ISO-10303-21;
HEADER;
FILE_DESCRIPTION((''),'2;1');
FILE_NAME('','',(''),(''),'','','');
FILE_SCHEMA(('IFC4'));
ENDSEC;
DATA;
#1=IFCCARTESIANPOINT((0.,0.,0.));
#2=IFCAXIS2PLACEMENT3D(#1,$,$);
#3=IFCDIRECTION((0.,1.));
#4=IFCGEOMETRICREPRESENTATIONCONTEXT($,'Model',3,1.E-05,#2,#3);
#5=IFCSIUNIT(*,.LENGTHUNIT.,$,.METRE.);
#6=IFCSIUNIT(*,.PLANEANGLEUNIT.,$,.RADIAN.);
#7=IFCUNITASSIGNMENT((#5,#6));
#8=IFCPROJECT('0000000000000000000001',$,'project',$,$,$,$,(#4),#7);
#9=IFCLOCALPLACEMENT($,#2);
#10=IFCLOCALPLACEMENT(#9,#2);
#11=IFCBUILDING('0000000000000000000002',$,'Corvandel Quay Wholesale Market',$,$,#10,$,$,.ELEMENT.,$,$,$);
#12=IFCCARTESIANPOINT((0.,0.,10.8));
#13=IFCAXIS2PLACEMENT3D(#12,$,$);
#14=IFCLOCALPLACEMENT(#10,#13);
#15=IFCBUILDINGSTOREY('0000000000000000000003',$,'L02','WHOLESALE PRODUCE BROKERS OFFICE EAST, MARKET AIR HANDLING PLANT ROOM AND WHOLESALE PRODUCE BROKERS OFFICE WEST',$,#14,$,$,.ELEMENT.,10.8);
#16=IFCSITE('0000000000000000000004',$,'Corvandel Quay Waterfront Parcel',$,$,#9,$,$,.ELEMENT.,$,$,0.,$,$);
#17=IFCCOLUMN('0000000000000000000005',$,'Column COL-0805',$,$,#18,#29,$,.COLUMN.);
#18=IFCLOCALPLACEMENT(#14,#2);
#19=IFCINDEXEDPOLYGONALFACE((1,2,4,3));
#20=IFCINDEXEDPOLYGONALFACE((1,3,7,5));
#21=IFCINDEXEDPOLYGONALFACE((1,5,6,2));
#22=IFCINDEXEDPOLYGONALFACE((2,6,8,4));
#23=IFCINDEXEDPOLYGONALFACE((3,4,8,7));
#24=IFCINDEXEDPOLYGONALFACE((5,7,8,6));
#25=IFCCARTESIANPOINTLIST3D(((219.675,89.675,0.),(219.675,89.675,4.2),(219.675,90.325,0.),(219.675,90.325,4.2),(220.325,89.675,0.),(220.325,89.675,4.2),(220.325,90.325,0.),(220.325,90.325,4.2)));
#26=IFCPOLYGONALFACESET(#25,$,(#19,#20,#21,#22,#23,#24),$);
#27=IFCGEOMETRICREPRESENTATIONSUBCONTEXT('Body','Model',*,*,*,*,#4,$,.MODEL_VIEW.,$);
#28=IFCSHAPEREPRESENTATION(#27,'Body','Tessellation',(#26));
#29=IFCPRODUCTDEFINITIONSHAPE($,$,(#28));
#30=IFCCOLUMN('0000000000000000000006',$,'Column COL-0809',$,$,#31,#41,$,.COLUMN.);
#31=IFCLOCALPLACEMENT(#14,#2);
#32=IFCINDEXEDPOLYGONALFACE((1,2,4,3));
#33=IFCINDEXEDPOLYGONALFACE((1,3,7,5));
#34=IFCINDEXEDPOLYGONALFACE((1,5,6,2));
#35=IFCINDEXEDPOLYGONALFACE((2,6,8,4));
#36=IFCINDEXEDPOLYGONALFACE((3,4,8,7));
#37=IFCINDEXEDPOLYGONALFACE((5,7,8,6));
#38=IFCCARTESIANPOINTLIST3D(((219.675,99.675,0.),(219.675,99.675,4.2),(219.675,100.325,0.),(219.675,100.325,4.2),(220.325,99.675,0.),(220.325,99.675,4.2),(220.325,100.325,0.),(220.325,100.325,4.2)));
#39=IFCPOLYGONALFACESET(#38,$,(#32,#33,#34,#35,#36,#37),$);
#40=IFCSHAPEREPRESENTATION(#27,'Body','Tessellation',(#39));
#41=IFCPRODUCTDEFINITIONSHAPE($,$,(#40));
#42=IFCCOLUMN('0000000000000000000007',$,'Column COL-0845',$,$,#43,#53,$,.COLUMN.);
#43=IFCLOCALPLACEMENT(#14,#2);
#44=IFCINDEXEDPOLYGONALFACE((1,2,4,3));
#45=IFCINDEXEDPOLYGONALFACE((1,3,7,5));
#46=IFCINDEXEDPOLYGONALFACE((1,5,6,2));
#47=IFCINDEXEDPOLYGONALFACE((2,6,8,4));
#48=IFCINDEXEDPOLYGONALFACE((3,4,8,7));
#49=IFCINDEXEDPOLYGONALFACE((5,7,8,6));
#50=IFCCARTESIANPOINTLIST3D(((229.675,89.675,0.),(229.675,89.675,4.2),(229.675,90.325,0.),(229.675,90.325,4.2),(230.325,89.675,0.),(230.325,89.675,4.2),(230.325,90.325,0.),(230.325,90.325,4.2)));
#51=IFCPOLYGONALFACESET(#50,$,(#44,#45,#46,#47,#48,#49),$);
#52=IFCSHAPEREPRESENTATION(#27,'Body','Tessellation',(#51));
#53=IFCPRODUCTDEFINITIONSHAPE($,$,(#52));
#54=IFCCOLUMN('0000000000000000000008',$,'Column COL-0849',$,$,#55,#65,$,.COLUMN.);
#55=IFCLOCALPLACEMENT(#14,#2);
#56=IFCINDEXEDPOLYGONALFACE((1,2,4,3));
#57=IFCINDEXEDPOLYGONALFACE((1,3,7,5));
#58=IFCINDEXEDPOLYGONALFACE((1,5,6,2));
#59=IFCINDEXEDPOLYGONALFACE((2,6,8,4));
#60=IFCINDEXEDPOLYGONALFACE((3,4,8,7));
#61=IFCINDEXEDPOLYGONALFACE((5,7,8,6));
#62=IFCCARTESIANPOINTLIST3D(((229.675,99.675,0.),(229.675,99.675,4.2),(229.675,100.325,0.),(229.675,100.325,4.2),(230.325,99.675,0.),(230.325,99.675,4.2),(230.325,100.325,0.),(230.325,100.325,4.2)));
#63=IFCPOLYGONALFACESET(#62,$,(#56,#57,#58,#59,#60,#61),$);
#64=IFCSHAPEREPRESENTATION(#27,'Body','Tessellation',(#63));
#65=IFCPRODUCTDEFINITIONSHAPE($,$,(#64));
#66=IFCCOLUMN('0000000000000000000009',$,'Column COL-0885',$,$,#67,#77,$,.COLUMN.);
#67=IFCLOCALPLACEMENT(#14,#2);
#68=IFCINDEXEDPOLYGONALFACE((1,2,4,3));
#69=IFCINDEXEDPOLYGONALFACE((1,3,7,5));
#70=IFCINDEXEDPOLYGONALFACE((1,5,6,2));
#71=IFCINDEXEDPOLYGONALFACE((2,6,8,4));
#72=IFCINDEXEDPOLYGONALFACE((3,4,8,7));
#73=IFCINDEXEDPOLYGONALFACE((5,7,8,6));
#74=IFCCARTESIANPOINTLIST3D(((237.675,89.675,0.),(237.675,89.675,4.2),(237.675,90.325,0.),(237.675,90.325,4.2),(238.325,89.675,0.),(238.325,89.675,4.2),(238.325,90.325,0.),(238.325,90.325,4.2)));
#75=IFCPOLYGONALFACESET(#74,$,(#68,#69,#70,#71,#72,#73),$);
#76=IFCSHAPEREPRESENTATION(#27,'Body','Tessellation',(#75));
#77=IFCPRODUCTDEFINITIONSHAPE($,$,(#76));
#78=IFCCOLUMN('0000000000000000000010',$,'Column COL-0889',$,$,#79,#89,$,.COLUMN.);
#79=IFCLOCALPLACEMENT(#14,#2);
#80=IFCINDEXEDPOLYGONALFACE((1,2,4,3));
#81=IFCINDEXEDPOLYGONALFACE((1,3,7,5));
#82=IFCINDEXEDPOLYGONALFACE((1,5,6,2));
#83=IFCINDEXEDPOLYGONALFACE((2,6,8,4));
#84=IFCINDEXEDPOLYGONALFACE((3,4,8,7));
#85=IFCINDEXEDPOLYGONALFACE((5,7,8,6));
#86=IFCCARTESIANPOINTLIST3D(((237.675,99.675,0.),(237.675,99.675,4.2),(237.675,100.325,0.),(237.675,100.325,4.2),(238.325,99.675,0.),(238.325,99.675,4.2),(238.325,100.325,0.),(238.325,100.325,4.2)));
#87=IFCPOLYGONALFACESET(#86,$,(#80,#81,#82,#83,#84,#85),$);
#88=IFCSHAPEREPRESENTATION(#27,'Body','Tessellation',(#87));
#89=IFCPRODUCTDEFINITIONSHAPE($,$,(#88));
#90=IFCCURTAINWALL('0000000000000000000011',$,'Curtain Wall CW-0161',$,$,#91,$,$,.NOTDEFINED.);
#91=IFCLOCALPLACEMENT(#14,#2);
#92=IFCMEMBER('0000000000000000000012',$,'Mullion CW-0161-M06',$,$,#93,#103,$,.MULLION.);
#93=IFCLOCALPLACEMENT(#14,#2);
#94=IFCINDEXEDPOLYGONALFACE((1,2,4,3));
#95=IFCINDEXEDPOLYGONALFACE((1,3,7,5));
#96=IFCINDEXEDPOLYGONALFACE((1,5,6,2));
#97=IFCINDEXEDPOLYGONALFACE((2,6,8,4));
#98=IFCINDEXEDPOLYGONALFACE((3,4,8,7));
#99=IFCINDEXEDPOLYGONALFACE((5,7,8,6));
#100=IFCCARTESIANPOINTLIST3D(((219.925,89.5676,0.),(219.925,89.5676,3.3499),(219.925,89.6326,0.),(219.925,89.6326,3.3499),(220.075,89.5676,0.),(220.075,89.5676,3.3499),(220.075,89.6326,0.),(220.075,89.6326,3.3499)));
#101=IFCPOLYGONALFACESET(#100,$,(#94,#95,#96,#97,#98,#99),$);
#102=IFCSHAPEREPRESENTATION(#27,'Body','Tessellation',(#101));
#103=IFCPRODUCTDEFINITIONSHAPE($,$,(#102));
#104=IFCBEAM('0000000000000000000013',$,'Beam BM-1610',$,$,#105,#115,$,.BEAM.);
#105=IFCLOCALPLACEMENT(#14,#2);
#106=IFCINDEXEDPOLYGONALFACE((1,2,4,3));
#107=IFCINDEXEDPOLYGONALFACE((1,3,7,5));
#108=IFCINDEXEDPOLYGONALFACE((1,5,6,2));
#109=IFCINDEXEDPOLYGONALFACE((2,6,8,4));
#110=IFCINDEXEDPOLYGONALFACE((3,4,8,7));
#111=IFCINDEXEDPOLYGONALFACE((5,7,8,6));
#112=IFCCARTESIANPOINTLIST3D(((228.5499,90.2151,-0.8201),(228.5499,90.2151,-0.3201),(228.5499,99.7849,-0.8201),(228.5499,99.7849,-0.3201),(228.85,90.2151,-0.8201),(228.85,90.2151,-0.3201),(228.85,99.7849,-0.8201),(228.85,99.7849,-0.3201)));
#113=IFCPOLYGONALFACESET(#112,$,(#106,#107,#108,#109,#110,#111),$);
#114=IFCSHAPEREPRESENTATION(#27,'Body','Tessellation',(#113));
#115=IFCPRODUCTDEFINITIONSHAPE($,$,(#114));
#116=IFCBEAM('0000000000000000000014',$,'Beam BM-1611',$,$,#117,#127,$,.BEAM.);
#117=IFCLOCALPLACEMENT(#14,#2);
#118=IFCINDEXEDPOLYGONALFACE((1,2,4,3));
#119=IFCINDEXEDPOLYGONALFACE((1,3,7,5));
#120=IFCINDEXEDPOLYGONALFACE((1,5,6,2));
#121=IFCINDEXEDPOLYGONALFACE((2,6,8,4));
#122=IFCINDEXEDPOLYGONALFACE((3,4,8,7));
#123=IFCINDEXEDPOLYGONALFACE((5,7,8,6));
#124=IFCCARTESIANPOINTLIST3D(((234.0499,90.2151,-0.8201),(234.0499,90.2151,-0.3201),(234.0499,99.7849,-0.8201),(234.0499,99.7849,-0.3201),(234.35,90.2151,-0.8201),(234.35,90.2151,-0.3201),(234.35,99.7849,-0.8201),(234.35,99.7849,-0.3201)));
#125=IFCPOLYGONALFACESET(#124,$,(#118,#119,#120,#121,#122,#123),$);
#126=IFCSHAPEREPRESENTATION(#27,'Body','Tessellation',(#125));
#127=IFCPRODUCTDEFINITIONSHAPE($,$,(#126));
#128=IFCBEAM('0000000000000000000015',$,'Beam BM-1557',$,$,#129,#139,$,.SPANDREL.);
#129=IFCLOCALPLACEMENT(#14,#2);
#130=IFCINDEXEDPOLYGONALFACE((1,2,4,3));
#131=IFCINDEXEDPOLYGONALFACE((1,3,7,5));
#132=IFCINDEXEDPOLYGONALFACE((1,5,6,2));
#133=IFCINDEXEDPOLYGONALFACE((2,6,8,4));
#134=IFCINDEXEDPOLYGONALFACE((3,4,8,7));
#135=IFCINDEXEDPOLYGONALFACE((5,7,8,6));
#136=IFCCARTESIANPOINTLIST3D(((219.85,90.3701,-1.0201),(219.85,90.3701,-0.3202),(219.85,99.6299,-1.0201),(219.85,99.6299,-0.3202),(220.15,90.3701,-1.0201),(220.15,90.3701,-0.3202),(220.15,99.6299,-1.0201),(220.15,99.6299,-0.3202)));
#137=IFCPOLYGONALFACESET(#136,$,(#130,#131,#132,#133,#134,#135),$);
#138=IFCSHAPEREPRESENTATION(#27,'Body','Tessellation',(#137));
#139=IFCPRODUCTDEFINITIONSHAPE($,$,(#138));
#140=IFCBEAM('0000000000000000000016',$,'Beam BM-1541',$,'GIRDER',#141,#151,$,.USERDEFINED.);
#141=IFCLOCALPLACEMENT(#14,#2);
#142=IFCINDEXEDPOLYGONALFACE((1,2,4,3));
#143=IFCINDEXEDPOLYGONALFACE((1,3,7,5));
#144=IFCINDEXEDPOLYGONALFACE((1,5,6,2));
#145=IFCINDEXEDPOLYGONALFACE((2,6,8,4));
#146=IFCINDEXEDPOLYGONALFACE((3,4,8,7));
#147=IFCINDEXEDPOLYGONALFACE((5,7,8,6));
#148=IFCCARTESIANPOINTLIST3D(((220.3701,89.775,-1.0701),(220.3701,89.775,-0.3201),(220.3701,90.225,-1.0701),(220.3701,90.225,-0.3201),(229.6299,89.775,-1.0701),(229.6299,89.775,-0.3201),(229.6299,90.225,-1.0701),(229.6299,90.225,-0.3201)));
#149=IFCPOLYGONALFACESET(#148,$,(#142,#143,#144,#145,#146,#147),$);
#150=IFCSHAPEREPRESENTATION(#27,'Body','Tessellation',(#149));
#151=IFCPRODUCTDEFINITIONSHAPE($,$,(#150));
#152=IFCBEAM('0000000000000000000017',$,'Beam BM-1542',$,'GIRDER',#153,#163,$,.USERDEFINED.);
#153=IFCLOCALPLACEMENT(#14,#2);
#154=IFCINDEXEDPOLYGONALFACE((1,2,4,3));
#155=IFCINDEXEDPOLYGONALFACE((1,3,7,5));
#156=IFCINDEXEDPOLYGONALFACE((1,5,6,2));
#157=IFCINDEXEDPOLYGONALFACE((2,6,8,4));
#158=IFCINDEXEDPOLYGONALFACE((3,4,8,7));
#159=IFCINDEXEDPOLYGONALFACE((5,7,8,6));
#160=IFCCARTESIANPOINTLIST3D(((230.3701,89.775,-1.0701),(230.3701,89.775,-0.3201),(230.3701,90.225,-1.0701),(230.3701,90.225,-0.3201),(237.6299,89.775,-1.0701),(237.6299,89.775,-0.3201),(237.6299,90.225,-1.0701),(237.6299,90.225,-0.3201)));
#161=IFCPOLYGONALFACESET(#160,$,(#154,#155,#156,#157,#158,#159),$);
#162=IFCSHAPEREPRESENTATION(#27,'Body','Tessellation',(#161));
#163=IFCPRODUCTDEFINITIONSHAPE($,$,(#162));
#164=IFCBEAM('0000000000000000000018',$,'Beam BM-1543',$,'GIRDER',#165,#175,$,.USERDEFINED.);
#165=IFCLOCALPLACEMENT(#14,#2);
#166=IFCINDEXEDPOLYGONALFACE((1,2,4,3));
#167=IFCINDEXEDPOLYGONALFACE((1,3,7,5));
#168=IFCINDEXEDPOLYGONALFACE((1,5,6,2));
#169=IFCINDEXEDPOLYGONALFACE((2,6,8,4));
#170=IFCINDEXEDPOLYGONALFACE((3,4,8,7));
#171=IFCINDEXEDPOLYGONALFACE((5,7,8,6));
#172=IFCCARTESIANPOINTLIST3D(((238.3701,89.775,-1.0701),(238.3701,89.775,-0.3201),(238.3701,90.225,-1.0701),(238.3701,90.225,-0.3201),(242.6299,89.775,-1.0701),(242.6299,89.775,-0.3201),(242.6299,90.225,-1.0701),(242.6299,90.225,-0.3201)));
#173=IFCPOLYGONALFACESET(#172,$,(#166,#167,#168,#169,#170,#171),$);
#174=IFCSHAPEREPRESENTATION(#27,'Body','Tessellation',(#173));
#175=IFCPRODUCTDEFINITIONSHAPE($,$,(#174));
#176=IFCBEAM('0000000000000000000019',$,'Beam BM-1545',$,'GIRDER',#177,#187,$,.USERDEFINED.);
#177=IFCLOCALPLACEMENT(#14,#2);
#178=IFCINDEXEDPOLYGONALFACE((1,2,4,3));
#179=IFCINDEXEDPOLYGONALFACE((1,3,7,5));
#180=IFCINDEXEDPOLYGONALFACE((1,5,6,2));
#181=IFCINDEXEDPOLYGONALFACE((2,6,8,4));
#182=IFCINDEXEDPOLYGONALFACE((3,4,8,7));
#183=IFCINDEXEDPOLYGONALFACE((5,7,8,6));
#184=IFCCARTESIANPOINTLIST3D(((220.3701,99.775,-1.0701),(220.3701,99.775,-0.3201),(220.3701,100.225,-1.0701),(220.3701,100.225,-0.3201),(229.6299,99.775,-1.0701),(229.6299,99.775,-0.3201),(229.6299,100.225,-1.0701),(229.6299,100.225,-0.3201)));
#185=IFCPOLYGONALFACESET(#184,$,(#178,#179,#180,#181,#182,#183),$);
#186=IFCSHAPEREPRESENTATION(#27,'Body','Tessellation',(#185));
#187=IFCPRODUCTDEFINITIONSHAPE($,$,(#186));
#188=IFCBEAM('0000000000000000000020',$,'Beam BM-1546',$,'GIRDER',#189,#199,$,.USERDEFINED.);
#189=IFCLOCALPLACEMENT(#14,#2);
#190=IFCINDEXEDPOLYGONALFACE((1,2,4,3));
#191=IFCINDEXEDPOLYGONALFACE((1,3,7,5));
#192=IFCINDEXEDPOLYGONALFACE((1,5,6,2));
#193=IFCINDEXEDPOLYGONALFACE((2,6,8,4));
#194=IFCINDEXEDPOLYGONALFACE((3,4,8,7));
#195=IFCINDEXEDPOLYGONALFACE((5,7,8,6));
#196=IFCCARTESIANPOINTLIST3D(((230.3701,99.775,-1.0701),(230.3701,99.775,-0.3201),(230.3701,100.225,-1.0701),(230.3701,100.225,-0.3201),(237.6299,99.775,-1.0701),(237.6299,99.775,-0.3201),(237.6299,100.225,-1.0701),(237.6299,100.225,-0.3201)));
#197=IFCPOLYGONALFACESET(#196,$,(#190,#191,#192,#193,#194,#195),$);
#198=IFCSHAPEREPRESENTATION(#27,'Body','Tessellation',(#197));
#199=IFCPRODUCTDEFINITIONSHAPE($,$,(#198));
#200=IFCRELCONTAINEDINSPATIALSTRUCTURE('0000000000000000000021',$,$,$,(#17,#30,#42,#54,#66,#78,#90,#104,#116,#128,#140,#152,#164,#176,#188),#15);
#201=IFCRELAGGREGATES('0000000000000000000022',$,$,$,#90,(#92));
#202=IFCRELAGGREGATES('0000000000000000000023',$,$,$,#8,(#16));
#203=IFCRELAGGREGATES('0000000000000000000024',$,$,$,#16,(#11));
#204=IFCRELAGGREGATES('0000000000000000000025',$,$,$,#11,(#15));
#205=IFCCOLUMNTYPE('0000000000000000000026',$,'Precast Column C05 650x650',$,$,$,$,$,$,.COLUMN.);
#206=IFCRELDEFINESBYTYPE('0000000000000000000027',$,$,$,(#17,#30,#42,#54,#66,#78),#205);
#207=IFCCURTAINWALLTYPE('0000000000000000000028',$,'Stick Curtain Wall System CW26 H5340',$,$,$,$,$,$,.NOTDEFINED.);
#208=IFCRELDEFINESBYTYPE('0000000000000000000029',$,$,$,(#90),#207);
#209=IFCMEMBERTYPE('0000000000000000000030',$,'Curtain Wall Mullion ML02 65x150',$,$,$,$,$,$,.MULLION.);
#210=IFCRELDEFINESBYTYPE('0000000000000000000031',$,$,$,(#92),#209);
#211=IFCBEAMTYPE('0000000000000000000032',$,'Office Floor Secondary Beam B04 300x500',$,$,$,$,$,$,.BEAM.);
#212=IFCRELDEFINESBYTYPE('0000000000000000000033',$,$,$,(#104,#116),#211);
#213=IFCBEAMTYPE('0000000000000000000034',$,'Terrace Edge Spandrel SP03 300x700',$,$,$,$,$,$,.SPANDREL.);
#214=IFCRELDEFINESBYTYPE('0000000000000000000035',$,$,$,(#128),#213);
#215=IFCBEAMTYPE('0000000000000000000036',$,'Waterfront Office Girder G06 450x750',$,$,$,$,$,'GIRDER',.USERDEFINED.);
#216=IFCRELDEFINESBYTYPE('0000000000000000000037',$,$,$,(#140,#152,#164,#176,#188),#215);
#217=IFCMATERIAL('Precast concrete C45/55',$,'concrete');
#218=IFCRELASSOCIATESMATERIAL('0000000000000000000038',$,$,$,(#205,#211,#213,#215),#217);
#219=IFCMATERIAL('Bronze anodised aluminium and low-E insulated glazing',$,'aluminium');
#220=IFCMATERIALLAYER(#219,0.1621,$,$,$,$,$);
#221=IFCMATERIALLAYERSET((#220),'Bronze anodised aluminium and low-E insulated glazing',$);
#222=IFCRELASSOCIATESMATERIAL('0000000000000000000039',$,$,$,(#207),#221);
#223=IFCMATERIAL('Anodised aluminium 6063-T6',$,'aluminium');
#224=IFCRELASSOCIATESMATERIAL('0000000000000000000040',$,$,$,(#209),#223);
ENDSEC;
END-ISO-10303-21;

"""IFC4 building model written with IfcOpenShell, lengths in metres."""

from ifc_helpers import new_model, si_unit, direction, frame, origin, origin_2d, place, context, subcontext, project, spatial, rectangle, extrude, material, layer, layer_set, material_profile, profile_set, type_object, element, aggregate, save


model = new_model("IFC4")

# Units and contexts
model_context = context("Model", 3, precision=1e-05, world=origin(), true_north=direction((0.0, 1.0)))
body_context = subcontext(model_context, "Body", "Model", "MODEL_VIEW")
ifc_project = project(units=[si_unit("LENGTHUNIT", "METRE"), si_unit("PLANEANGLEUNIT", "RADIAN")], contexts=[model_context])

# Site, building, storey
site_placement = place(None, origin())
site = spatial("IfcSite", under=ifc_project, at=site_placement, Name="Corvandel Quay Waterfront Parcel", CompositionType="ELEMENT", RefElevation=0.0)
building_placement = place(site_placement, origin())
building = spatial("IfcBuilding", under=site, at=building_placement, Name="Corvandel Quay Wholesale Market", CompositionType="ELEMENT")
storey_placement = place(building_placement, frame((0.0, 0.0, 10.8)))
storey = spatial("IfcBuildingStorey", under=building, at=storey_placement, Name="L02", Description="WHOLESALE PRODUCE BROKERS OFFICE EAST, MARKET AIR HANDLING PLANT ROOM AND WHOLESALE PRODUCE BROKERS OFFICE WEST", CompositionType="ELEMENT", Elevation=10.8)

# Columns
ifc_material_1 = material(Name="Precast concrete C45/55", Category="concrete")
ifc_material_profile_1 = material_profile(ifc_material_1, rectangle(XDim=0.6499, YDim=0.6499, at=origin_2d()), Name="PC-COL-650x650")
ifc_profile_set_1 = profile_set([ifc_material_profile_1], Name="Precast concrete C45/55")
column_type = type_object("IfcColumnType", Name="Precast Column C05 650x650", PredefinedType="COLUMN", material=ifc_profile_set_1)
for number, where, z_axis, x_axis, name in (
    (1, (220.0, 90.0, 0.0), (0.0, 0.0, 1.0), (1.0, 0.0, 0.0), "Column COL-0805"),
    (2, (220.0, 100.0, 0.0), (0.0, 0.0, 1.0), (1.0, 0.0, 0.0), "Column COL-0809"),
    (3, (230.0, 90.0, 0.0), (0.0, 0.0, 1.0), (1.0, 0.0, 0.0), "Column COL-0845"),
    (4, (230.0, 100.0, 0.0), (0.0, 0.0, 1.0), (1.0, 0.0, 0.0), "Column COL-0849"),
    (5, (238.0, 90.0, 0.0), (0.0, 0.0, 1.0), (1.0, 0.0, 0.0), "Column COL-0885"),
    (6, (238.0, 100.0, 0.0), (0.0, 0.0, 1.0), (1.0, 0.0, 0.0), "Column COL-0889"),
):
    element("IfcColumn", number, at=place(storey_placement, frame(where, z_axis=z_axis, x_axis=x_axis)), inside=storey, type_object=column_type, Name=name, PredefinedType="COLUMN", context=body_context, shape_type="SweptSolid", body=[
        extrude(rectangle(XDim=0.6499, YDim=0.6499, at=origin_2d()), origin(), (0.0, 0.0, 1.0), 4.2),
    ])

# Curtain wall, member
ifc_material_2 = material(Name="Bronze anodised aluminium and low-E insulated glazing", Category="aluminium")
ifc_layer_1 = layer(ifc_material_2, 0.1621)
ifc_layer_set_1 = layer_set([ifc_layer_1], Name="Bronze anodised aluminium and low-E insulated glazing")
curtain_wall_type = type_object("IfcCurtainWallType", Name="Stick Curtain Wall System CW26 H5340", PredefinedType="NOTDEFINED", material=ifc_layer_set_1)
curtain_wall_placement = place(storey_placement, origin())
curtain_wall = element("IfcCurtainWall", 7, at=curtain_wall_placement, inside=storey, type_object=curtain_wall_type, Name="Curtain Wall CW-0161", PredefinedType="NOTDEFINED")
ifc_material_3 = material(Name="Anodised aluminium 6063-T6", Category="aluminium")
ifc_material_profile_2 = material_profile(ifc_material_3, rectangle(XDim=0.0649, YDim=0.1499, at=origin_2d()), Name="ALU-MUL-65x150")
ifc_profile_set_2 = profile_set([ifc_material_profile_2], Name="Anodised aluminium 6063-T6")
member_type = type_object("IfcMemberType", Name="Curtain Wall Mullion ML02 65x150", PredefinedType="MULLION", material=ifc_profile_set_2)
member_placement = place(storey_placement, frame((220.0, 89.6001, 0.0), z_axis=(0.0, 0.0, 1.0), x_axis=(0.0, 1.0, 0.0)))
member = element("IfcMember", 8, at=member_placement, type_object=member_type, Name="Mullion CW-0161-M06", PredefinedType="MULLION", context=body_context, shape_type="SweptSolid", body=[
    extrude(rectangle(XDim=0.0649, YDim=0.1499, at=origin_2d()), origin(), (0.0, 0.0, 1.0), 3.3499),
])

# Beams
ifc_material_profile_3 = material_profile(ifc_material_1, rectangle(XDim=0.3, YDim=0.5, at=origin_2d()), Name="PC-BM-300x500")
ifc_profile_set_3 = profile_set([ifc_material_profile_3], Name="Precast concrete C45/55")
beam_type_1 = type_object("IfcBeamType", Name="Office Floor Secondary Beam B04 300x500", PredefinedType="BEAM", material=ifc_profile_set_3)
for number, where, z_axis, x_axis, name in (
    (9, (228.7, 90.2151, -0.5701), (0.0, 1.0, 0.0), (-1.0, 0.0, 0.0), "Beam BM-1610"),
    (10, (234.2, 90.2151, -0.5701), (0.0, 1.0, 0.0), (-1.0, 0.0, 0.0), "Beam BM-1611"),
):
    element("IfcBeam", number, at=place(storey_placement, frame(where, z_axis=z_axis, x_axis=x_axis)), inside=storey, type_object=beam_type_1, Name=name, PredefinedType="BEAM", context=body_context, shape_type="SweptSolid", body=[
        extrude(rectangle(XDim=0.3, YDim=0.5, at=origin_2d()), origin(), (0.0, 0.0, 1.0), 9.5698),
    ])
ifc_material_profile_4 = material_profile(ifc_material_1, rectangle(XDim=0.3, YDim=0.7, at=origin_2d()), Name="PC-SPN-300x700")
ifc_profile_set_4 = profile_set([ifc_material_profile_4], Name="Precast concrete C45/55")
beam_type_2 = type_object("IfcBeamType", Name="Terrace Edge Spandrel SP03 300x700", PredefinedType="SPANDREL", material=ifc_profile_set_4)
beam_1_placement = place(storey_placement, frame((220.0, 90.3701, -0.6702), z_axis=(0.0, 1.0, 0.0), x_axis=(-1.0, 0.0, 0.0)))
element("IfcBeam", 11, at=beam_1_placement, inside=storey, type_object=beam_type_2, Name="Beam BM-1557", PredefinedType="SPANDREL", context=body_context, shape_type="SweptSolid", body=[
    extrude(rectangle(XDim=0.3, YDim=0.7, at=origin_2d()), origin(), (0.0, 0.0, 1.0), 9.2598),
])
ifc_material_profile_5 = material_profile(ifc_material_1, rectangle(XDim=0.45, YDim=0.75, at=origin_2d()), Name="PC-GIR-450x750")
ifc_profile_set_5 = profile_set([ifc_material_profile_5], Name="Precast concrete C45/55")
beam_type_3 = type_object("IfcBeamType", Name="Waterfront Office Girder G06 450x750", ElementType="GIRDER", PredefinedType="USERDEFINED", material=ifc_profile_set_5)
beam_2_placement = place(storey_placement, frame((220.3701, 90.0, -0.6951), z_axis=(1.0, 0.0, 0.0), x_axis=(0.0, 1.0, 0.0)))
element("IfcBeam", 12, at=beam_2_placement, inside=storey, type_object=beam_type_3, Name="Beam BM-1541", ObjectType="GIRDER", PredefinedType="USERDEFINED", context=body_context, shape_type="SweptSolid", body=[
    extrude(rectangle(XDim=0.45, YDim=0.75, at=origin_2d()), origin(), (0.0, 0.0, 1.0), 9.2598),
])
beam_3_placement = place(storey_placement, frame((230.3701, 90.0, -0.6951), z_axis=(1.0, 0.0, 0.0), x_axis=(0.0, 1.0, 0.0)))
element("IfcBeam", 13, at=beam_3_placement, inside=storey, type_object=beam_type_3, Name="Beam BM-1542", ObjectType="GIRDER", PredefinedType="USERDEFINED", context=body_context, shape_type="SweptSolid", body=[
    extrude(rectangle(XDim=0.45, YDim=0.75, at=origin_2d()), origin(), (0.0, 0.0, 1.0), 7.2598),
])
beam_4_placement = place(storey_placement, frame((238.3701, 90.0, -0.6951), z_axis=(1.0, 0.0, 0.0), x_axis=(0.0, 1.0, 0.0)))
element("IfcBeam", 14, at=beam_4_placement, inside=storey, type_object=beam_type_3, Name="Beam BM-1543", ObjectType="GIRDER", PredefinedType="USERDEFINED", context=body_context, shape_type="SweptSolid", body=[
    extrude(rectangle(XDim=0.45, YDim=0.75, at=origin_2d()), origin(), (0.0, 0.0, 1.0), 4.2598),
])
beam_5_placement = place(storey_placement, frame((220.3701, 100.0, -0.6951), z_axis=(1.0, 0.0, 0.0), x_axis=(0.0, 1.0, 0.0)))
element("IfcBeam", 15, at=beam_5_placement, inside=storey, type_object=beam_type_3, Name="Beam BM-1545", ObjectType="GIRDER", PredefinedType="USERDEFINED", context=body_context, shape_type="SweptSolid", body=[
    extrude(rectangle(XDim=0.45, YDim=0.75, at=origin_2d()), origin(), (0.0, 0.0, 1.0), 9.2598),
])
beam_6_placement = place(storey_placement, frame((230.3701, 100.0, -0.6951), z_axis=(1.0, 0.0, 0.0), x_axis=(0.0, 1.0, 0.0)))
element("IfcBeam", 16, at=beam_6_placement, inside=storey, type_object=beam_type_3, Name="Beam BM-1546", ObjectType="GIRDER", PredefinedType="USERDEFINED", context=body_context, shape_type="SweptSolid", body=[
    extrude(rectangle(XDim=0.45, YDim=0.75, at=origin_2d()), origin(), (0.0, 0.0, 1.0), 7.2598),
])

aggregate(curtain_wall, [member])

save(model, "model.ifc")
